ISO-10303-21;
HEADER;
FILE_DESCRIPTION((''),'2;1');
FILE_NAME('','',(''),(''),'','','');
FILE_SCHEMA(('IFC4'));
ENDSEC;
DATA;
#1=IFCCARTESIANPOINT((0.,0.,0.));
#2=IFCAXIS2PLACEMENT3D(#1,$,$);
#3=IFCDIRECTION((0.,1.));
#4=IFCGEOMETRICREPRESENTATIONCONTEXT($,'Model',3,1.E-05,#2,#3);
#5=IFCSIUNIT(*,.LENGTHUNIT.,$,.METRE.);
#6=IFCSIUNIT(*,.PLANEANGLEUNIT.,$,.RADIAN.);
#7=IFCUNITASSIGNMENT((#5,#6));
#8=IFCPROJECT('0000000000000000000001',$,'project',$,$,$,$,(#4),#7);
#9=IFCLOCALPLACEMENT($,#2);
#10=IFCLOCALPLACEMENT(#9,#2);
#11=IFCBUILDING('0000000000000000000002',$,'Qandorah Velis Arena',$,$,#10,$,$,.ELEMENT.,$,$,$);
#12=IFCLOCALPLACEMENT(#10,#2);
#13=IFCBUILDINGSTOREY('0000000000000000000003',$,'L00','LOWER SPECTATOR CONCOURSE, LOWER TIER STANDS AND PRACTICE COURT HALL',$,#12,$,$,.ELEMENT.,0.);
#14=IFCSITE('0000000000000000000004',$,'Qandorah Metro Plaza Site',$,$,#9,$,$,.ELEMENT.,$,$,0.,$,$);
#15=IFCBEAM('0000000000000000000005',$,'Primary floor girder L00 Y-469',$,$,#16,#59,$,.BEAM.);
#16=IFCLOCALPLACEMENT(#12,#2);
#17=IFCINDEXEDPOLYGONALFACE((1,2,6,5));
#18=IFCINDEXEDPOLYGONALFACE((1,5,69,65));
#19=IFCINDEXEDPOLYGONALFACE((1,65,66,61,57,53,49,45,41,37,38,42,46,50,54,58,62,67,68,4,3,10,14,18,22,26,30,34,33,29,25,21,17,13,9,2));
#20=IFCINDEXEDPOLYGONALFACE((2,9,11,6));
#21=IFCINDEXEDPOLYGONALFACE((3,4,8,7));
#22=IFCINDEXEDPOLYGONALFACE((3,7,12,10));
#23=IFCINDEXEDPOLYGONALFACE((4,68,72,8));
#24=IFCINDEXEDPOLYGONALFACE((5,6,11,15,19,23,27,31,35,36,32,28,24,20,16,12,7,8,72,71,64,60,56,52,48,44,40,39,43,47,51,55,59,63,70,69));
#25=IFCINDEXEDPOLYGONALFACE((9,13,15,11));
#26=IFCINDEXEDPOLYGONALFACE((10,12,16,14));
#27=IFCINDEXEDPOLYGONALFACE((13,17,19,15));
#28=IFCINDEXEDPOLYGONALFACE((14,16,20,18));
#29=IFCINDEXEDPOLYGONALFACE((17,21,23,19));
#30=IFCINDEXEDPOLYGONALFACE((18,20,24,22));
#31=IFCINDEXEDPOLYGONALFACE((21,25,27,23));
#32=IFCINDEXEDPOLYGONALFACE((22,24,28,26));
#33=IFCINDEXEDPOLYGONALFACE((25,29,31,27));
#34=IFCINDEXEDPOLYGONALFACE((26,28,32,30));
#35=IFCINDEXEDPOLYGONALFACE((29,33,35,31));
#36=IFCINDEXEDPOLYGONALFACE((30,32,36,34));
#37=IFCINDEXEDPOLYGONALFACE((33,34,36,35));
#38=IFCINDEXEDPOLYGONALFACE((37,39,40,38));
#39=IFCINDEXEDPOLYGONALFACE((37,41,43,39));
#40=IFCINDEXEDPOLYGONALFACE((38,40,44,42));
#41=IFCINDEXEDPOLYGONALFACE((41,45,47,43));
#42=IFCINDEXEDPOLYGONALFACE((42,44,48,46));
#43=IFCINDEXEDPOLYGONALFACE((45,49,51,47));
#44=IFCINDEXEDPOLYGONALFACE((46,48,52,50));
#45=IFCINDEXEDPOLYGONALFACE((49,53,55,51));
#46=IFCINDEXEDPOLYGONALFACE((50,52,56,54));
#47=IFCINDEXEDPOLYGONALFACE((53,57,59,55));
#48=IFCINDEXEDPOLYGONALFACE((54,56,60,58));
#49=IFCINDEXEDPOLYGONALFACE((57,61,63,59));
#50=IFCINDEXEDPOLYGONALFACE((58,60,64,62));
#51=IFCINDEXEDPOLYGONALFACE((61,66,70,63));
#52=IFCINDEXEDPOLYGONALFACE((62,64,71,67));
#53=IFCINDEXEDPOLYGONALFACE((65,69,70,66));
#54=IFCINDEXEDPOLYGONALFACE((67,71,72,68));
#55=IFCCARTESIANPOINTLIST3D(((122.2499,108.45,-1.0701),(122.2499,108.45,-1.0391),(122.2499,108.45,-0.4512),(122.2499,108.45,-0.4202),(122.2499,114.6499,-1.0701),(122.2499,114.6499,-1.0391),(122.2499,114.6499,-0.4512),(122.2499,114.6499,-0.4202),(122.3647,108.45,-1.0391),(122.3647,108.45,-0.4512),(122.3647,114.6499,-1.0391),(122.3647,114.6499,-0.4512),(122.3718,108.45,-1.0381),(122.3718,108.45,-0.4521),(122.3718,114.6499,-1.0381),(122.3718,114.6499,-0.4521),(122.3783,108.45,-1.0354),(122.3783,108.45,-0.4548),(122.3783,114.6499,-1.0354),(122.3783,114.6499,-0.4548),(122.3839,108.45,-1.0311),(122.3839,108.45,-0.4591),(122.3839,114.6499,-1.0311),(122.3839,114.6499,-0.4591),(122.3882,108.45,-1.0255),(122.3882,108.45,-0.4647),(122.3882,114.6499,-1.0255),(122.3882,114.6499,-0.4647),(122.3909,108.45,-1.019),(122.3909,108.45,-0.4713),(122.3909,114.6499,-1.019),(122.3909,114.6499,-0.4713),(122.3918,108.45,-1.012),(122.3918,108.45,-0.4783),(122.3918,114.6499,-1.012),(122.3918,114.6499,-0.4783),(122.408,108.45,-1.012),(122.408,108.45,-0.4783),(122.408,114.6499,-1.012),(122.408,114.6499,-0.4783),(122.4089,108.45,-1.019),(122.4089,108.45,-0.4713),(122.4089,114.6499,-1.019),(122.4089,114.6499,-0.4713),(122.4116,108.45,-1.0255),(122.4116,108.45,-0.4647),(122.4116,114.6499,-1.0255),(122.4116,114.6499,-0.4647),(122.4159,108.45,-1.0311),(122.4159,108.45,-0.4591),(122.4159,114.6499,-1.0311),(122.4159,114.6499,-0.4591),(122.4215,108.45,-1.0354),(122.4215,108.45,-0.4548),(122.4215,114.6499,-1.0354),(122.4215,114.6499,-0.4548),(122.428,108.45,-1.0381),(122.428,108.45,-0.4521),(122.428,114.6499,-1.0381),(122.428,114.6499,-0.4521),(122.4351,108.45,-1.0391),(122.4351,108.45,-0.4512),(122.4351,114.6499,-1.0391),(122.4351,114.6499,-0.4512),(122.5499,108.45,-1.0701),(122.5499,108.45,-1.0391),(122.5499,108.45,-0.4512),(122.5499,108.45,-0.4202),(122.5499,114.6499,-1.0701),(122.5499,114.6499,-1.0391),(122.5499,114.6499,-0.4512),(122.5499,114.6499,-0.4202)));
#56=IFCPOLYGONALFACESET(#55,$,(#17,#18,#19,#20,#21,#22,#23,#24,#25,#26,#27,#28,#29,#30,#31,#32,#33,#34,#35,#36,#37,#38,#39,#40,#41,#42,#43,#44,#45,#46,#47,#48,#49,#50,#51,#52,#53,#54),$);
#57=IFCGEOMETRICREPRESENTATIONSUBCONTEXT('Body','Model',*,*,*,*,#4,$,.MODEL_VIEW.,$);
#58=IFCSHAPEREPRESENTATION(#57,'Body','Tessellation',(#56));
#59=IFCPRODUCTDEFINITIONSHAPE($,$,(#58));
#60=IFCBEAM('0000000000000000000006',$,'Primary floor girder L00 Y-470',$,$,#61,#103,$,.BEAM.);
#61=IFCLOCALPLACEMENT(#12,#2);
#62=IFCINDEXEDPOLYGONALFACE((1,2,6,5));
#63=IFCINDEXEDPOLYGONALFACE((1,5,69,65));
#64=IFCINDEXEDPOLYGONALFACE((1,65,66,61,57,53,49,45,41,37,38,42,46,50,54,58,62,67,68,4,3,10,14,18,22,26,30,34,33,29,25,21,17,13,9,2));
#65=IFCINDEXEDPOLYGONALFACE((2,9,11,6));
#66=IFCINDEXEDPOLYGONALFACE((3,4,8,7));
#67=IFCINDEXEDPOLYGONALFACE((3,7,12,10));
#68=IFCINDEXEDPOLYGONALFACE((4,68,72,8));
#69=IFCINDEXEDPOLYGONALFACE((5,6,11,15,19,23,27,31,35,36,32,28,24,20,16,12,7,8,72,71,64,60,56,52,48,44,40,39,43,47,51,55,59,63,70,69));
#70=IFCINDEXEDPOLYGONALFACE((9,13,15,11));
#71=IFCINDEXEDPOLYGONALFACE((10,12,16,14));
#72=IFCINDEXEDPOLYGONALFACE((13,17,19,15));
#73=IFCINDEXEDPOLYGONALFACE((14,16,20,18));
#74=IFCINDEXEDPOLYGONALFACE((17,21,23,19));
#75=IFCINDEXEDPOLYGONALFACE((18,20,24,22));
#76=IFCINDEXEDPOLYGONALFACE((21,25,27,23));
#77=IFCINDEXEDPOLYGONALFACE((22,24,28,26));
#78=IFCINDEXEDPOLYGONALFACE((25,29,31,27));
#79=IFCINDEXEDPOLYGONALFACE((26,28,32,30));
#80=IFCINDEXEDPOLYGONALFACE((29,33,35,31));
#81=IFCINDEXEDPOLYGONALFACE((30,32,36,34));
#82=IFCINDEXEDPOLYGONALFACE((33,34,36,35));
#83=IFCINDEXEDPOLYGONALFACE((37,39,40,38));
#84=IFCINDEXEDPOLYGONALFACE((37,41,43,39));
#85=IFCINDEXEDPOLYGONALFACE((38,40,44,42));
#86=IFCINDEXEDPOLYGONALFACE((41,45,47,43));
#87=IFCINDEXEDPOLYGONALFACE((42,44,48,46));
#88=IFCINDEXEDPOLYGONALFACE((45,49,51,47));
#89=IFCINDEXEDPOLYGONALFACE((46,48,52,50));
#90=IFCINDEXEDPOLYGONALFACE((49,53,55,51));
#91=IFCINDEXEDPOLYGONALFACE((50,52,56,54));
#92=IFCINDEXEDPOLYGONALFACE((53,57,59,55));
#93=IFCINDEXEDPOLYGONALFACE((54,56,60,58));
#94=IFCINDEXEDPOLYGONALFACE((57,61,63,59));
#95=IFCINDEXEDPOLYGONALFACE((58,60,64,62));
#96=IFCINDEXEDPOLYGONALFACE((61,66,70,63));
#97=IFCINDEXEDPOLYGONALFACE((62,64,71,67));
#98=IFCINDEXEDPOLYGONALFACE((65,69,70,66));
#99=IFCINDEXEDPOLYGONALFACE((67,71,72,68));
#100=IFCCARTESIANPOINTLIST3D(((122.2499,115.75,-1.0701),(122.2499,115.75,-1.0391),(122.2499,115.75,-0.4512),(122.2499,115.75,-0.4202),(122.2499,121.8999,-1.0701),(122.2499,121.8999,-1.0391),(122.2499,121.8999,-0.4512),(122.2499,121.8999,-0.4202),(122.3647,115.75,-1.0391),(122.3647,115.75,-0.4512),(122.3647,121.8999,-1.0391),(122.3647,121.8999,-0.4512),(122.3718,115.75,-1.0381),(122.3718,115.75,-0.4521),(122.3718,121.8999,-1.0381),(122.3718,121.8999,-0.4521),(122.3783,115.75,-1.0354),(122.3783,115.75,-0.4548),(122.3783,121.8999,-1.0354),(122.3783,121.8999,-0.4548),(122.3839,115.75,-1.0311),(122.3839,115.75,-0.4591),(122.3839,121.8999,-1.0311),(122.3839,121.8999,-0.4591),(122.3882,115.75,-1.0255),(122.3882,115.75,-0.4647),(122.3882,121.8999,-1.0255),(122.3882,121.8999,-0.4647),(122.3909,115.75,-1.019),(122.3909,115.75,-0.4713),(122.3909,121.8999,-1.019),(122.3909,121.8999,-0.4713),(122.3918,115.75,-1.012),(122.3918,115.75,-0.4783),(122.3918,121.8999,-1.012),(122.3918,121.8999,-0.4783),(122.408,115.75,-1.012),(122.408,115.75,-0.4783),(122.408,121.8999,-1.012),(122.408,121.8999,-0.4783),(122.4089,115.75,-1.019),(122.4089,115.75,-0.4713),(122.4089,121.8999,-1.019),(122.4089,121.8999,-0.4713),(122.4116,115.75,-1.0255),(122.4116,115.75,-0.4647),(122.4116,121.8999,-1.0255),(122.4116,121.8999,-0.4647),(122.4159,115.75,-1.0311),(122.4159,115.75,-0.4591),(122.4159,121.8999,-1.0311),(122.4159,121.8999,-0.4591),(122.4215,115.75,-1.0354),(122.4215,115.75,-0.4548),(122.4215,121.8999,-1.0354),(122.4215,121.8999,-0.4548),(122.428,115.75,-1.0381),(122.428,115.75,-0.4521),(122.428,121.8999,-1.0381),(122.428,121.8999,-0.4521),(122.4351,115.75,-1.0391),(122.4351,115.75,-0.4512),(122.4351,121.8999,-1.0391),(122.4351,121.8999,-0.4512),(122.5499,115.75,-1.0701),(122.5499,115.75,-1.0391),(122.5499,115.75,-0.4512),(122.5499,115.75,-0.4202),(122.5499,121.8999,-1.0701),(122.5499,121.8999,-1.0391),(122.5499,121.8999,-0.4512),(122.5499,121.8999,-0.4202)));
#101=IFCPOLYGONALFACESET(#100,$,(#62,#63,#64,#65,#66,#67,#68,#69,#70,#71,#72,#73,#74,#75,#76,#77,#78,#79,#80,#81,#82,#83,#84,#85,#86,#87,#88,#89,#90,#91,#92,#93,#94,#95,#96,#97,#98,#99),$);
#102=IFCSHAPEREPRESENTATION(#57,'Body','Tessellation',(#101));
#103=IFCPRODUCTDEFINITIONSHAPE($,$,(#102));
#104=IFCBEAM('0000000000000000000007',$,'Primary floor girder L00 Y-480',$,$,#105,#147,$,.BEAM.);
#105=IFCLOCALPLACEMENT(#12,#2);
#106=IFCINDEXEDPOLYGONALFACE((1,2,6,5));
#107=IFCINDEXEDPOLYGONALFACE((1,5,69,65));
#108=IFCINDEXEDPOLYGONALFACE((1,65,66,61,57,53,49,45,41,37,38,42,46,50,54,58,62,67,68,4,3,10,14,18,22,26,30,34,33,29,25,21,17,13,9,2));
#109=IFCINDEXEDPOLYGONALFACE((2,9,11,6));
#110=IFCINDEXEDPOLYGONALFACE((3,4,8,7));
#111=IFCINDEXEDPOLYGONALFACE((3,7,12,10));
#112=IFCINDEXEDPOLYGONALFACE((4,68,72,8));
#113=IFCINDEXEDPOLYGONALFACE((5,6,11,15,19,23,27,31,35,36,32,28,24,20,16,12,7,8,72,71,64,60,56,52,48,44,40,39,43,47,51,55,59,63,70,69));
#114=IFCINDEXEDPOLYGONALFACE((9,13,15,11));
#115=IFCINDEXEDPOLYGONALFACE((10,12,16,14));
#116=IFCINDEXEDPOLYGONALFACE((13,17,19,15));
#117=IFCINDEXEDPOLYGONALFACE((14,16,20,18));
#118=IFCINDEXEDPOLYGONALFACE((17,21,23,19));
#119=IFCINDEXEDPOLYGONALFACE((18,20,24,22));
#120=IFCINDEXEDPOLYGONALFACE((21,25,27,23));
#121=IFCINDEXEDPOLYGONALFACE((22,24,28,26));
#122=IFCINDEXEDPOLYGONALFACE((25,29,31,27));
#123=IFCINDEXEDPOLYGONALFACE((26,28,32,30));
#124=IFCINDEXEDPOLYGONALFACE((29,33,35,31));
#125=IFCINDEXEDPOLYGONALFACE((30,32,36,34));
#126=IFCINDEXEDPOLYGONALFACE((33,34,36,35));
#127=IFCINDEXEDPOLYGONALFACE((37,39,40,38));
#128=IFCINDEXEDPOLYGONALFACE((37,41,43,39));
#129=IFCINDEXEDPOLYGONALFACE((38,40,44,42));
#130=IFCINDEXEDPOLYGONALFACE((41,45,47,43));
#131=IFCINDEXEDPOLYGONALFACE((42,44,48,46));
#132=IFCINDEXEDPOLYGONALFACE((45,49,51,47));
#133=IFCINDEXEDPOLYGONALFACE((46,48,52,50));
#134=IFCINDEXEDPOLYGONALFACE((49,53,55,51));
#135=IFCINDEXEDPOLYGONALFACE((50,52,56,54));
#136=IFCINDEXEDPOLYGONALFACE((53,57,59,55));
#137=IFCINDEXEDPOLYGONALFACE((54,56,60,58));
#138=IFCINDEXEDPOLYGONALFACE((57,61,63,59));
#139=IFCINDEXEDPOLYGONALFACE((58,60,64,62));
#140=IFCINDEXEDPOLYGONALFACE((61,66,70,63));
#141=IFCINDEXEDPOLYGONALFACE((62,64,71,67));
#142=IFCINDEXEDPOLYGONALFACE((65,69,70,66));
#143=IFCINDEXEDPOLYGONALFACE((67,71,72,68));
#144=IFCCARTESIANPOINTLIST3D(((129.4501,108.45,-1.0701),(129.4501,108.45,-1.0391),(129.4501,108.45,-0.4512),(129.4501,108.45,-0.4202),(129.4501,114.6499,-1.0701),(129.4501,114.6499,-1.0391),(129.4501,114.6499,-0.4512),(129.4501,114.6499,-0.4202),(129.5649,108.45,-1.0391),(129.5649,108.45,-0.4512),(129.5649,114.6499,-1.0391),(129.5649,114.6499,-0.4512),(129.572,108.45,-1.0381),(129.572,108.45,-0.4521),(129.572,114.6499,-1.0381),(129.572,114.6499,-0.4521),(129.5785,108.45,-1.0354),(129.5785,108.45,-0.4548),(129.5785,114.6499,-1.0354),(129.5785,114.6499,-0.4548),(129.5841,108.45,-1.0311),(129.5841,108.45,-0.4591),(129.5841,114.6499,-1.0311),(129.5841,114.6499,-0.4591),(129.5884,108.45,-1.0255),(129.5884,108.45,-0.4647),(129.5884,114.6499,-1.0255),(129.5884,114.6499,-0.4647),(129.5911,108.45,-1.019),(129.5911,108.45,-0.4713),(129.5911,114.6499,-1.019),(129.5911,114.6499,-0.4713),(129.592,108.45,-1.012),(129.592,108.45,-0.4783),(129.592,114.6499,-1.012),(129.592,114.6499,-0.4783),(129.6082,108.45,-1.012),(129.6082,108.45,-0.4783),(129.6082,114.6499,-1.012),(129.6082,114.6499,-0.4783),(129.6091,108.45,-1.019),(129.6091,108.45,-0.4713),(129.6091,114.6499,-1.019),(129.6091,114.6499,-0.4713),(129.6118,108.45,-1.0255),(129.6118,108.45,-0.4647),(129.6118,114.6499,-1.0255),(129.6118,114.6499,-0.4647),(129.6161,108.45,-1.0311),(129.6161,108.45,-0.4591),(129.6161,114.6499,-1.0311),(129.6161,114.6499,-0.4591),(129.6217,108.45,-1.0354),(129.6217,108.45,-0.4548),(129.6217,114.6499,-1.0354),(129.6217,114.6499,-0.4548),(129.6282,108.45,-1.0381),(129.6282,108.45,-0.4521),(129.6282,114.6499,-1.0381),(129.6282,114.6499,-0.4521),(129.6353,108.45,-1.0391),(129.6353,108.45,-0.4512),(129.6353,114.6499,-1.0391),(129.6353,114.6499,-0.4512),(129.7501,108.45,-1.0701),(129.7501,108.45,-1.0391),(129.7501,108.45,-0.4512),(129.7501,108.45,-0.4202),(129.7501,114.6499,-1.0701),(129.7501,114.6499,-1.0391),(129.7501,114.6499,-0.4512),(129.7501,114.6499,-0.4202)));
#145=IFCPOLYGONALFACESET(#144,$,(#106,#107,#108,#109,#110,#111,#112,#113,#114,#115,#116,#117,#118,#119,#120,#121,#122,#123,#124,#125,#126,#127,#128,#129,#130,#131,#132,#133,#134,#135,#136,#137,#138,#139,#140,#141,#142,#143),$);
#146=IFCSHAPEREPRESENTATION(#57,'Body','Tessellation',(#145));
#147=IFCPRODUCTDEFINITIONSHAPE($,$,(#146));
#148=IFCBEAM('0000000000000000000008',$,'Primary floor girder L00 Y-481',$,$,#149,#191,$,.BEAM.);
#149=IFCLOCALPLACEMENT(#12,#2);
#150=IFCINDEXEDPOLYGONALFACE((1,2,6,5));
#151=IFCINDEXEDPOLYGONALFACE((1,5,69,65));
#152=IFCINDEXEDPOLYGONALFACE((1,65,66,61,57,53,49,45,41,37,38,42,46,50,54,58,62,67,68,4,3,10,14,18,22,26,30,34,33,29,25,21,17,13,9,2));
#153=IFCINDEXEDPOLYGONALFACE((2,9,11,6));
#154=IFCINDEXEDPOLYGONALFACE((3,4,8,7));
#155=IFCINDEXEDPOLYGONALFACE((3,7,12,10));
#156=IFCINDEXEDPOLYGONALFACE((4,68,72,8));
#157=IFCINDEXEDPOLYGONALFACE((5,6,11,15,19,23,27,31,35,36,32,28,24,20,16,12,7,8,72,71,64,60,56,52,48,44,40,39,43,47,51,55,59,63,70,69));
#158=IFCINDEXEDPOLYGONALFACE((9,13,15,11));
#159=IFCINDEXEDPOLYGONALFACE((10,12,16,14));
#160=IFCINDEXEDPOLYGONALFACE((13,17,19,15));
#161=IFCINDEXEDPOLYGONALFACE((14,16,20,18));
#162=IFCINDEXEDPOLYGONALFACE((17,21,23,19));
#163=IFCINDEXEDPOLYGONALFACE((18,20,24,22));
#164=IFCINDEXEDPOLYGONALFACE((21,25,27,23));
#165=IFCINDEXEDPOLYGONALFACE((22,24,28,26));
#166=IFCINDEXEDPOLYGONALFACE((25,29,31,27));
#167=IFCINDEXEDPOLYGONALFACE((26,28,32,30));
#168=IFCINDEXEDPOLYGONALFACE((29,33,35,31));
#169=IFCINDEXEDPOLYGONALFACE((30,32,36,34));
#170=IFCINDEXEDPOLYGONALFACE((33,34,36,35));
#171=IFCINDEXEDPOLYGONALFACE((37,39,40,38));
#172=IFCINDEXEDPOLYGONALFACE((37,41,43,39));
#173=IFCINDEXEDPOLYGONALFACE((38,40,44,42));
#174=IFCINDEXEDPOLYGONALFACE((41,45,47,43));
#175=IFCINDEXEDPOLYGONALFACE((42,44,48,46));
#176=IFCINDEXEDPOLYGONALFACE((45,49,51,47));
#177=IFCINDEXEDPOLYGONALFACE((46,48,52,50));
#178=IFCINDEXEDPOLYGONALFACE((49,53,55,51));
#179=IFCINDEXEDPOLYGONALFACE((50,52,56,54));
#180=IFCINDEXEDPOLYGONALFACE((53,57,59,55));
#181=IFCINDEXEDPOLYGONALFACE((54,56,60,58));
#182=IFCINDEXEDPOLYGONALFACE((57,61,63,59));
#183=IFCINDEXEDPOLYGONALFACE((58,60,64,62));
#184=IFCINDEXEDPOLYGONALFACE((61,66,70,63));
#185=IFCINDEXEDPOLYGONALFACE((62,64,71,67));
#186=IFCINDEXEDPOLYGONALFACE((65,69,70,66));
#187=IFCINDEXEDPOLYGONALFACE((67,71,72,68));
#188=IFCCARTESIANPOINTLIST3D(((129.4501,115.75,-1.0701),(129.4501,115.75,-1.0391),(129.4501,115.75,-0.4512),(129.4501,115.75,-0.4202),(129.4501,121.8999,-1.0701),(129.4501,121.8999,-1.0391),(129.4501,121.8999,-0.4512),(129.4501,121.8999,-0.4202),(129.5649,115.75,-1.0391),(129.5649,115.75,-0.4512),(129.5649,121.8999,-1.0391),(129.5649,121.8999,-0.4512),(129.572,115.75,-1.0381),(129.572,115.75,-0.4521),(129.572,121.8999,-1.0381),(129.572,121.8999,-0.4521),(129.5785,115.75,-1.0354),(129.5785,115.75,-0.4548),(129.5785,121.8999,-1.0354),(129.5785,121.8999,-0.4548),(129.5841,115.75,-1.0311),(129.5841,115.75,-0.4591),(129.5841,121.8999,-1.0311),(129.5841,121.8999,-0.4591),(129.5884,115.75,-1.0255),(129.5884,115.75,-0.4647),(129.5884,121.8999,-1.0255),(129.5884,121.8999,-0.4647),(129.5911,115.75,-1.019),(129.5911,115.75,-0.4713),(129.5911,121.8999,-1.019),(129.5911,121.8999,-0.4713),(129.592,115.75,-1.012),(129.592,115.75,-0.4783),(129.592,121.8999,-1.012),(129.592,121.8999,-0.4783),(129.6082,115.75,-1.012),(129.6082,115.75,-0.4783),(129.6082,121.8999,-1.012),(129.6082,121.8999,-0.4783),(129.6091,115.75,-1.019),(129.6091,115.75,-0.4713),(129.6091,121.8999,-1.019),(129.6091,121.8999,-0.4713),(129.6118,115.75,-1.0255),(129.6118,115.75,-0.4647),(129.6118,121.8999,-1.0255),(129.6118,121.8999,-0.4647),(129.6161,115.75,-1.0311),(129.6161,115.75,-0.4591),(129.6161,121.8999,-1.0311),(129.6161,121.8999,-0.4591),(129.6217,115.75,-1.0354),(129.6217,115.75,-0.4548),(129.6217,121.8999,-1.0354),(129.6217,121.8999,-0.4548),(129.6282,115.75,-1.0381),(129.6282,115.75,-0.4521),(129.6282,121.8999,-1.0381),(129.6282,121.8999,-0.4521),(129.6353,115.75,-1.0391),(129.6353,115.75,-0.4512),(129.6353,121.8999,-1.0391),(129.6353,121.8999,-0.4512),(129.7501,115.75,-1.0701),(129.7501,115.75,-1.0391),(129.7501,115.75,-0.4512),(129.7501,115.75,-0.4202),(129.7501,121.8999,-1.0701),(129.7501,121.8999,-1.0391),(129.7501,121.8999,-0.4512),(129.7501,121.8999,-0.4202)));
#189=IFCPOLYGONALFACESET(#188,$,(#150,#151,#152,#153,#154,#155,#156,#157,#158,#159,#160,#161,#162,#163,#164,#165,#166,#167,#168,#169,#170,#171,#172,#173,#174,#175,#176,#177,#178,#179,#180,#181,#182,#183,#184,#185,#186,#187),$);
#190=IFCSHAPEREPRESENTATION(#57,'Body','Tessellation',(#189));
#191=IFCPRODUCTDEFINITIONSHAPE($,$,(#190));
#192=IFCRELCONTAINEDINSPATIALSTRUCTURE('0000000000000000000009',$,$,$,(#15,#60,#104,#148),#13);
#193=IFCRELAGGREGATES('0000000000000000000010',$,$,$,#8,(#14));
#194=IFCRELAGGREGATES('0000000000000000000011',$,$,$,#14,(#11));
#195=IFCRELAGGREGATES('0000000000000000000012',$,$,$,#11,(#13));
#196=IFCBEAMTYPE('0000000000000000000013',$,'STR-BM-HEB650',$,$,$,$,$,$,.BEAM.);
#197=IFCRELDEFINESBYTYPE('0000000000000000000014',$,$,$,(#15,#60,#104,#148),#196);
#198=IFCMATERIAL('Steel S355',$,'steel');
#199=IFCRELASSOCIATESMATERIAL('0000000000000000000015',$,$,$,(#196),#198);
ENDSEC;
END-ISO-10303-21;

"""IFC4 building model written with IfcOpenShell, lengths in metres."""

from ifc_helpers import new_model, si_unit, direction, frame, origin, origin_2d, place, context, subcontext, project, spatial, i_section, extrude, material, material_profile, profile_set, type_object, element, save


model = new_model("IFC4")

# Units and contexts
model_context = context("Model", 3, precision=1e-05, world=origin(), true_north=direction((0.0, 1.0)))
body_context = subcontext(model_context, "Body", "Model", "MODEL_VIEW")
ifc_project = project(units=[si_unit("LENGTHUNIT", "METRE"), si_unit("PLANEANGLEUNIT", "RADIAN")], contexts=[model_context])

# Site, building, storey
site_placement = place(None, origin())
site = spatial("IfcSite", under=ifc_project, at=site_placement, Name="Qandorah Metro Plaza Site", CompositionType="ELEMENT", RefElevation=0.0)
building_placement = place(site_placement, origin())
building = spatial("IfcBuilding", under=site, at=building_placement, Name="Qandorah Velis Arena", CompositionType="ELEMENT")
storey_placement = place(building_placement, origin())
storey = spatial("IfcBuildingStorey", under=building, at=storey_placement, Name="L00", Description="LOWER SPECTATOR CONCOURSE, LOWER TIER STANDS AND PRACTICE COURT HALL", CompositionType="ELEMENT", Elevation=0.0)

# Beams
ifc_material_1 = material(Name="Steel S355", Category="steel")
ifc_material_profile_1 = material_profile(ifc_material_1, i_section(OverallWidth=0.3, OverallDepth=0.6499, WebThickness=0.0161, FlangeThickness=0.031, FilletRadius=0.0271, at=origin_2d()), Name="HEB 650")
ifc_profile_set_1 = profile_set([ifc_material_profile_1], Name="Steel S355")
beam_type_1 = type_object("IfcBeamType", Name="STR-BM-HEB650", PredefinedType="BEAM", material=ifc_profile_set_1)
beam_1_placement = place(storey_placement, frame((122.3999, 108.45, -0.7451), z_axis=(0.0, 1.0, 0.0), x_axis=(-1.0, 0.0, 0.0)))
element("IfcBeam", 1, at=beam_1_placement, inside=storey, type_object=beam_type_1, Name="Primary floor girder L00 Y-469", PredefinedType="BEAM", context=body_context, shape_type="SweptSolid", body=[
    extrude(i_section(OverallWidth=0.3, OverallDepth=0.6499, WebThickness=0.0161, FlangeThickness=0.031, FilletRadius=0.0271, at=origin_2d()), origin(), (0.0, 0.0, 1.0), 6.2),
])
beam_2_placement = place(storey_placement, frame((122.3999, 115.75, -0.7451), z_axis=(0.0, 1.0, 0.0), x_axis=(-1.0, 0.0, 0.0)))
element("IfcBeam", 2, at=beam_2_placement, inside=storey, type_object=beam_type_1, Name="Primary floor girder L00 Y-470", PredefinedType="BEAM", context=body_context, shape_type="SweptSolid", body=[
    extrude(i_section(OverallWidth=0.3, OverallDepth=0.6499, WebThickness=0.0161, FlangeThickness=0.031, FilletRadius=0.0271, at=origin_2d()), origin(), (0.0, 0.0, 1.0), 6.1499),
])
beam_3_placement = place(storey_placement, frame((129.6001, 108.45, -0.7451), z_axis=(0.0, 1.0, 0.0), x_axis=(-1.0, 0.0, 0.0)))
element("IfcBeam", 3, at=beam_3_placement, inside=storey, type_object=beam_type_1, Name="Primary floor girder L00 Y-480", PredefinedType="BEAM", context=body_context, shape_type="SweptSolid", body=[
    extrude(i_section(OverallWidth=0.3, OverallDepth=0.6499, WebThickness=0.0161, FlangeThickness=0.031, FilletRadius=0.0271, at=origin_2d()), origin(), (0.0, 0.0, 1.0), 6.2),
])
beam_4_placement = place(storey_placement, frame((129.6001, 115.75, -0.7451), z_axis=(0.0, 1.0, 0.0), x_axis=(-1.0, 0.0, 0.0)))
element("IfcBeam", 4, at=beam_4_placement, inside=storey, type_object=beam_type_1, Name="Primary floor girder L00 Y-481", PredefinedType="BEAM", context=body_context, shape_type="SweptSolid", body=[
    extrude(i_section(OverallWidth=0.3, OverallDepth=0.6499, WebThickness=0.0161, FlangeThickness=0.031, FilletRadius=0.0271, at=origin_2d()), origin(), (0.0, 0.0, 1.0), 6.1499),
])

save(model, "model.ifc")
